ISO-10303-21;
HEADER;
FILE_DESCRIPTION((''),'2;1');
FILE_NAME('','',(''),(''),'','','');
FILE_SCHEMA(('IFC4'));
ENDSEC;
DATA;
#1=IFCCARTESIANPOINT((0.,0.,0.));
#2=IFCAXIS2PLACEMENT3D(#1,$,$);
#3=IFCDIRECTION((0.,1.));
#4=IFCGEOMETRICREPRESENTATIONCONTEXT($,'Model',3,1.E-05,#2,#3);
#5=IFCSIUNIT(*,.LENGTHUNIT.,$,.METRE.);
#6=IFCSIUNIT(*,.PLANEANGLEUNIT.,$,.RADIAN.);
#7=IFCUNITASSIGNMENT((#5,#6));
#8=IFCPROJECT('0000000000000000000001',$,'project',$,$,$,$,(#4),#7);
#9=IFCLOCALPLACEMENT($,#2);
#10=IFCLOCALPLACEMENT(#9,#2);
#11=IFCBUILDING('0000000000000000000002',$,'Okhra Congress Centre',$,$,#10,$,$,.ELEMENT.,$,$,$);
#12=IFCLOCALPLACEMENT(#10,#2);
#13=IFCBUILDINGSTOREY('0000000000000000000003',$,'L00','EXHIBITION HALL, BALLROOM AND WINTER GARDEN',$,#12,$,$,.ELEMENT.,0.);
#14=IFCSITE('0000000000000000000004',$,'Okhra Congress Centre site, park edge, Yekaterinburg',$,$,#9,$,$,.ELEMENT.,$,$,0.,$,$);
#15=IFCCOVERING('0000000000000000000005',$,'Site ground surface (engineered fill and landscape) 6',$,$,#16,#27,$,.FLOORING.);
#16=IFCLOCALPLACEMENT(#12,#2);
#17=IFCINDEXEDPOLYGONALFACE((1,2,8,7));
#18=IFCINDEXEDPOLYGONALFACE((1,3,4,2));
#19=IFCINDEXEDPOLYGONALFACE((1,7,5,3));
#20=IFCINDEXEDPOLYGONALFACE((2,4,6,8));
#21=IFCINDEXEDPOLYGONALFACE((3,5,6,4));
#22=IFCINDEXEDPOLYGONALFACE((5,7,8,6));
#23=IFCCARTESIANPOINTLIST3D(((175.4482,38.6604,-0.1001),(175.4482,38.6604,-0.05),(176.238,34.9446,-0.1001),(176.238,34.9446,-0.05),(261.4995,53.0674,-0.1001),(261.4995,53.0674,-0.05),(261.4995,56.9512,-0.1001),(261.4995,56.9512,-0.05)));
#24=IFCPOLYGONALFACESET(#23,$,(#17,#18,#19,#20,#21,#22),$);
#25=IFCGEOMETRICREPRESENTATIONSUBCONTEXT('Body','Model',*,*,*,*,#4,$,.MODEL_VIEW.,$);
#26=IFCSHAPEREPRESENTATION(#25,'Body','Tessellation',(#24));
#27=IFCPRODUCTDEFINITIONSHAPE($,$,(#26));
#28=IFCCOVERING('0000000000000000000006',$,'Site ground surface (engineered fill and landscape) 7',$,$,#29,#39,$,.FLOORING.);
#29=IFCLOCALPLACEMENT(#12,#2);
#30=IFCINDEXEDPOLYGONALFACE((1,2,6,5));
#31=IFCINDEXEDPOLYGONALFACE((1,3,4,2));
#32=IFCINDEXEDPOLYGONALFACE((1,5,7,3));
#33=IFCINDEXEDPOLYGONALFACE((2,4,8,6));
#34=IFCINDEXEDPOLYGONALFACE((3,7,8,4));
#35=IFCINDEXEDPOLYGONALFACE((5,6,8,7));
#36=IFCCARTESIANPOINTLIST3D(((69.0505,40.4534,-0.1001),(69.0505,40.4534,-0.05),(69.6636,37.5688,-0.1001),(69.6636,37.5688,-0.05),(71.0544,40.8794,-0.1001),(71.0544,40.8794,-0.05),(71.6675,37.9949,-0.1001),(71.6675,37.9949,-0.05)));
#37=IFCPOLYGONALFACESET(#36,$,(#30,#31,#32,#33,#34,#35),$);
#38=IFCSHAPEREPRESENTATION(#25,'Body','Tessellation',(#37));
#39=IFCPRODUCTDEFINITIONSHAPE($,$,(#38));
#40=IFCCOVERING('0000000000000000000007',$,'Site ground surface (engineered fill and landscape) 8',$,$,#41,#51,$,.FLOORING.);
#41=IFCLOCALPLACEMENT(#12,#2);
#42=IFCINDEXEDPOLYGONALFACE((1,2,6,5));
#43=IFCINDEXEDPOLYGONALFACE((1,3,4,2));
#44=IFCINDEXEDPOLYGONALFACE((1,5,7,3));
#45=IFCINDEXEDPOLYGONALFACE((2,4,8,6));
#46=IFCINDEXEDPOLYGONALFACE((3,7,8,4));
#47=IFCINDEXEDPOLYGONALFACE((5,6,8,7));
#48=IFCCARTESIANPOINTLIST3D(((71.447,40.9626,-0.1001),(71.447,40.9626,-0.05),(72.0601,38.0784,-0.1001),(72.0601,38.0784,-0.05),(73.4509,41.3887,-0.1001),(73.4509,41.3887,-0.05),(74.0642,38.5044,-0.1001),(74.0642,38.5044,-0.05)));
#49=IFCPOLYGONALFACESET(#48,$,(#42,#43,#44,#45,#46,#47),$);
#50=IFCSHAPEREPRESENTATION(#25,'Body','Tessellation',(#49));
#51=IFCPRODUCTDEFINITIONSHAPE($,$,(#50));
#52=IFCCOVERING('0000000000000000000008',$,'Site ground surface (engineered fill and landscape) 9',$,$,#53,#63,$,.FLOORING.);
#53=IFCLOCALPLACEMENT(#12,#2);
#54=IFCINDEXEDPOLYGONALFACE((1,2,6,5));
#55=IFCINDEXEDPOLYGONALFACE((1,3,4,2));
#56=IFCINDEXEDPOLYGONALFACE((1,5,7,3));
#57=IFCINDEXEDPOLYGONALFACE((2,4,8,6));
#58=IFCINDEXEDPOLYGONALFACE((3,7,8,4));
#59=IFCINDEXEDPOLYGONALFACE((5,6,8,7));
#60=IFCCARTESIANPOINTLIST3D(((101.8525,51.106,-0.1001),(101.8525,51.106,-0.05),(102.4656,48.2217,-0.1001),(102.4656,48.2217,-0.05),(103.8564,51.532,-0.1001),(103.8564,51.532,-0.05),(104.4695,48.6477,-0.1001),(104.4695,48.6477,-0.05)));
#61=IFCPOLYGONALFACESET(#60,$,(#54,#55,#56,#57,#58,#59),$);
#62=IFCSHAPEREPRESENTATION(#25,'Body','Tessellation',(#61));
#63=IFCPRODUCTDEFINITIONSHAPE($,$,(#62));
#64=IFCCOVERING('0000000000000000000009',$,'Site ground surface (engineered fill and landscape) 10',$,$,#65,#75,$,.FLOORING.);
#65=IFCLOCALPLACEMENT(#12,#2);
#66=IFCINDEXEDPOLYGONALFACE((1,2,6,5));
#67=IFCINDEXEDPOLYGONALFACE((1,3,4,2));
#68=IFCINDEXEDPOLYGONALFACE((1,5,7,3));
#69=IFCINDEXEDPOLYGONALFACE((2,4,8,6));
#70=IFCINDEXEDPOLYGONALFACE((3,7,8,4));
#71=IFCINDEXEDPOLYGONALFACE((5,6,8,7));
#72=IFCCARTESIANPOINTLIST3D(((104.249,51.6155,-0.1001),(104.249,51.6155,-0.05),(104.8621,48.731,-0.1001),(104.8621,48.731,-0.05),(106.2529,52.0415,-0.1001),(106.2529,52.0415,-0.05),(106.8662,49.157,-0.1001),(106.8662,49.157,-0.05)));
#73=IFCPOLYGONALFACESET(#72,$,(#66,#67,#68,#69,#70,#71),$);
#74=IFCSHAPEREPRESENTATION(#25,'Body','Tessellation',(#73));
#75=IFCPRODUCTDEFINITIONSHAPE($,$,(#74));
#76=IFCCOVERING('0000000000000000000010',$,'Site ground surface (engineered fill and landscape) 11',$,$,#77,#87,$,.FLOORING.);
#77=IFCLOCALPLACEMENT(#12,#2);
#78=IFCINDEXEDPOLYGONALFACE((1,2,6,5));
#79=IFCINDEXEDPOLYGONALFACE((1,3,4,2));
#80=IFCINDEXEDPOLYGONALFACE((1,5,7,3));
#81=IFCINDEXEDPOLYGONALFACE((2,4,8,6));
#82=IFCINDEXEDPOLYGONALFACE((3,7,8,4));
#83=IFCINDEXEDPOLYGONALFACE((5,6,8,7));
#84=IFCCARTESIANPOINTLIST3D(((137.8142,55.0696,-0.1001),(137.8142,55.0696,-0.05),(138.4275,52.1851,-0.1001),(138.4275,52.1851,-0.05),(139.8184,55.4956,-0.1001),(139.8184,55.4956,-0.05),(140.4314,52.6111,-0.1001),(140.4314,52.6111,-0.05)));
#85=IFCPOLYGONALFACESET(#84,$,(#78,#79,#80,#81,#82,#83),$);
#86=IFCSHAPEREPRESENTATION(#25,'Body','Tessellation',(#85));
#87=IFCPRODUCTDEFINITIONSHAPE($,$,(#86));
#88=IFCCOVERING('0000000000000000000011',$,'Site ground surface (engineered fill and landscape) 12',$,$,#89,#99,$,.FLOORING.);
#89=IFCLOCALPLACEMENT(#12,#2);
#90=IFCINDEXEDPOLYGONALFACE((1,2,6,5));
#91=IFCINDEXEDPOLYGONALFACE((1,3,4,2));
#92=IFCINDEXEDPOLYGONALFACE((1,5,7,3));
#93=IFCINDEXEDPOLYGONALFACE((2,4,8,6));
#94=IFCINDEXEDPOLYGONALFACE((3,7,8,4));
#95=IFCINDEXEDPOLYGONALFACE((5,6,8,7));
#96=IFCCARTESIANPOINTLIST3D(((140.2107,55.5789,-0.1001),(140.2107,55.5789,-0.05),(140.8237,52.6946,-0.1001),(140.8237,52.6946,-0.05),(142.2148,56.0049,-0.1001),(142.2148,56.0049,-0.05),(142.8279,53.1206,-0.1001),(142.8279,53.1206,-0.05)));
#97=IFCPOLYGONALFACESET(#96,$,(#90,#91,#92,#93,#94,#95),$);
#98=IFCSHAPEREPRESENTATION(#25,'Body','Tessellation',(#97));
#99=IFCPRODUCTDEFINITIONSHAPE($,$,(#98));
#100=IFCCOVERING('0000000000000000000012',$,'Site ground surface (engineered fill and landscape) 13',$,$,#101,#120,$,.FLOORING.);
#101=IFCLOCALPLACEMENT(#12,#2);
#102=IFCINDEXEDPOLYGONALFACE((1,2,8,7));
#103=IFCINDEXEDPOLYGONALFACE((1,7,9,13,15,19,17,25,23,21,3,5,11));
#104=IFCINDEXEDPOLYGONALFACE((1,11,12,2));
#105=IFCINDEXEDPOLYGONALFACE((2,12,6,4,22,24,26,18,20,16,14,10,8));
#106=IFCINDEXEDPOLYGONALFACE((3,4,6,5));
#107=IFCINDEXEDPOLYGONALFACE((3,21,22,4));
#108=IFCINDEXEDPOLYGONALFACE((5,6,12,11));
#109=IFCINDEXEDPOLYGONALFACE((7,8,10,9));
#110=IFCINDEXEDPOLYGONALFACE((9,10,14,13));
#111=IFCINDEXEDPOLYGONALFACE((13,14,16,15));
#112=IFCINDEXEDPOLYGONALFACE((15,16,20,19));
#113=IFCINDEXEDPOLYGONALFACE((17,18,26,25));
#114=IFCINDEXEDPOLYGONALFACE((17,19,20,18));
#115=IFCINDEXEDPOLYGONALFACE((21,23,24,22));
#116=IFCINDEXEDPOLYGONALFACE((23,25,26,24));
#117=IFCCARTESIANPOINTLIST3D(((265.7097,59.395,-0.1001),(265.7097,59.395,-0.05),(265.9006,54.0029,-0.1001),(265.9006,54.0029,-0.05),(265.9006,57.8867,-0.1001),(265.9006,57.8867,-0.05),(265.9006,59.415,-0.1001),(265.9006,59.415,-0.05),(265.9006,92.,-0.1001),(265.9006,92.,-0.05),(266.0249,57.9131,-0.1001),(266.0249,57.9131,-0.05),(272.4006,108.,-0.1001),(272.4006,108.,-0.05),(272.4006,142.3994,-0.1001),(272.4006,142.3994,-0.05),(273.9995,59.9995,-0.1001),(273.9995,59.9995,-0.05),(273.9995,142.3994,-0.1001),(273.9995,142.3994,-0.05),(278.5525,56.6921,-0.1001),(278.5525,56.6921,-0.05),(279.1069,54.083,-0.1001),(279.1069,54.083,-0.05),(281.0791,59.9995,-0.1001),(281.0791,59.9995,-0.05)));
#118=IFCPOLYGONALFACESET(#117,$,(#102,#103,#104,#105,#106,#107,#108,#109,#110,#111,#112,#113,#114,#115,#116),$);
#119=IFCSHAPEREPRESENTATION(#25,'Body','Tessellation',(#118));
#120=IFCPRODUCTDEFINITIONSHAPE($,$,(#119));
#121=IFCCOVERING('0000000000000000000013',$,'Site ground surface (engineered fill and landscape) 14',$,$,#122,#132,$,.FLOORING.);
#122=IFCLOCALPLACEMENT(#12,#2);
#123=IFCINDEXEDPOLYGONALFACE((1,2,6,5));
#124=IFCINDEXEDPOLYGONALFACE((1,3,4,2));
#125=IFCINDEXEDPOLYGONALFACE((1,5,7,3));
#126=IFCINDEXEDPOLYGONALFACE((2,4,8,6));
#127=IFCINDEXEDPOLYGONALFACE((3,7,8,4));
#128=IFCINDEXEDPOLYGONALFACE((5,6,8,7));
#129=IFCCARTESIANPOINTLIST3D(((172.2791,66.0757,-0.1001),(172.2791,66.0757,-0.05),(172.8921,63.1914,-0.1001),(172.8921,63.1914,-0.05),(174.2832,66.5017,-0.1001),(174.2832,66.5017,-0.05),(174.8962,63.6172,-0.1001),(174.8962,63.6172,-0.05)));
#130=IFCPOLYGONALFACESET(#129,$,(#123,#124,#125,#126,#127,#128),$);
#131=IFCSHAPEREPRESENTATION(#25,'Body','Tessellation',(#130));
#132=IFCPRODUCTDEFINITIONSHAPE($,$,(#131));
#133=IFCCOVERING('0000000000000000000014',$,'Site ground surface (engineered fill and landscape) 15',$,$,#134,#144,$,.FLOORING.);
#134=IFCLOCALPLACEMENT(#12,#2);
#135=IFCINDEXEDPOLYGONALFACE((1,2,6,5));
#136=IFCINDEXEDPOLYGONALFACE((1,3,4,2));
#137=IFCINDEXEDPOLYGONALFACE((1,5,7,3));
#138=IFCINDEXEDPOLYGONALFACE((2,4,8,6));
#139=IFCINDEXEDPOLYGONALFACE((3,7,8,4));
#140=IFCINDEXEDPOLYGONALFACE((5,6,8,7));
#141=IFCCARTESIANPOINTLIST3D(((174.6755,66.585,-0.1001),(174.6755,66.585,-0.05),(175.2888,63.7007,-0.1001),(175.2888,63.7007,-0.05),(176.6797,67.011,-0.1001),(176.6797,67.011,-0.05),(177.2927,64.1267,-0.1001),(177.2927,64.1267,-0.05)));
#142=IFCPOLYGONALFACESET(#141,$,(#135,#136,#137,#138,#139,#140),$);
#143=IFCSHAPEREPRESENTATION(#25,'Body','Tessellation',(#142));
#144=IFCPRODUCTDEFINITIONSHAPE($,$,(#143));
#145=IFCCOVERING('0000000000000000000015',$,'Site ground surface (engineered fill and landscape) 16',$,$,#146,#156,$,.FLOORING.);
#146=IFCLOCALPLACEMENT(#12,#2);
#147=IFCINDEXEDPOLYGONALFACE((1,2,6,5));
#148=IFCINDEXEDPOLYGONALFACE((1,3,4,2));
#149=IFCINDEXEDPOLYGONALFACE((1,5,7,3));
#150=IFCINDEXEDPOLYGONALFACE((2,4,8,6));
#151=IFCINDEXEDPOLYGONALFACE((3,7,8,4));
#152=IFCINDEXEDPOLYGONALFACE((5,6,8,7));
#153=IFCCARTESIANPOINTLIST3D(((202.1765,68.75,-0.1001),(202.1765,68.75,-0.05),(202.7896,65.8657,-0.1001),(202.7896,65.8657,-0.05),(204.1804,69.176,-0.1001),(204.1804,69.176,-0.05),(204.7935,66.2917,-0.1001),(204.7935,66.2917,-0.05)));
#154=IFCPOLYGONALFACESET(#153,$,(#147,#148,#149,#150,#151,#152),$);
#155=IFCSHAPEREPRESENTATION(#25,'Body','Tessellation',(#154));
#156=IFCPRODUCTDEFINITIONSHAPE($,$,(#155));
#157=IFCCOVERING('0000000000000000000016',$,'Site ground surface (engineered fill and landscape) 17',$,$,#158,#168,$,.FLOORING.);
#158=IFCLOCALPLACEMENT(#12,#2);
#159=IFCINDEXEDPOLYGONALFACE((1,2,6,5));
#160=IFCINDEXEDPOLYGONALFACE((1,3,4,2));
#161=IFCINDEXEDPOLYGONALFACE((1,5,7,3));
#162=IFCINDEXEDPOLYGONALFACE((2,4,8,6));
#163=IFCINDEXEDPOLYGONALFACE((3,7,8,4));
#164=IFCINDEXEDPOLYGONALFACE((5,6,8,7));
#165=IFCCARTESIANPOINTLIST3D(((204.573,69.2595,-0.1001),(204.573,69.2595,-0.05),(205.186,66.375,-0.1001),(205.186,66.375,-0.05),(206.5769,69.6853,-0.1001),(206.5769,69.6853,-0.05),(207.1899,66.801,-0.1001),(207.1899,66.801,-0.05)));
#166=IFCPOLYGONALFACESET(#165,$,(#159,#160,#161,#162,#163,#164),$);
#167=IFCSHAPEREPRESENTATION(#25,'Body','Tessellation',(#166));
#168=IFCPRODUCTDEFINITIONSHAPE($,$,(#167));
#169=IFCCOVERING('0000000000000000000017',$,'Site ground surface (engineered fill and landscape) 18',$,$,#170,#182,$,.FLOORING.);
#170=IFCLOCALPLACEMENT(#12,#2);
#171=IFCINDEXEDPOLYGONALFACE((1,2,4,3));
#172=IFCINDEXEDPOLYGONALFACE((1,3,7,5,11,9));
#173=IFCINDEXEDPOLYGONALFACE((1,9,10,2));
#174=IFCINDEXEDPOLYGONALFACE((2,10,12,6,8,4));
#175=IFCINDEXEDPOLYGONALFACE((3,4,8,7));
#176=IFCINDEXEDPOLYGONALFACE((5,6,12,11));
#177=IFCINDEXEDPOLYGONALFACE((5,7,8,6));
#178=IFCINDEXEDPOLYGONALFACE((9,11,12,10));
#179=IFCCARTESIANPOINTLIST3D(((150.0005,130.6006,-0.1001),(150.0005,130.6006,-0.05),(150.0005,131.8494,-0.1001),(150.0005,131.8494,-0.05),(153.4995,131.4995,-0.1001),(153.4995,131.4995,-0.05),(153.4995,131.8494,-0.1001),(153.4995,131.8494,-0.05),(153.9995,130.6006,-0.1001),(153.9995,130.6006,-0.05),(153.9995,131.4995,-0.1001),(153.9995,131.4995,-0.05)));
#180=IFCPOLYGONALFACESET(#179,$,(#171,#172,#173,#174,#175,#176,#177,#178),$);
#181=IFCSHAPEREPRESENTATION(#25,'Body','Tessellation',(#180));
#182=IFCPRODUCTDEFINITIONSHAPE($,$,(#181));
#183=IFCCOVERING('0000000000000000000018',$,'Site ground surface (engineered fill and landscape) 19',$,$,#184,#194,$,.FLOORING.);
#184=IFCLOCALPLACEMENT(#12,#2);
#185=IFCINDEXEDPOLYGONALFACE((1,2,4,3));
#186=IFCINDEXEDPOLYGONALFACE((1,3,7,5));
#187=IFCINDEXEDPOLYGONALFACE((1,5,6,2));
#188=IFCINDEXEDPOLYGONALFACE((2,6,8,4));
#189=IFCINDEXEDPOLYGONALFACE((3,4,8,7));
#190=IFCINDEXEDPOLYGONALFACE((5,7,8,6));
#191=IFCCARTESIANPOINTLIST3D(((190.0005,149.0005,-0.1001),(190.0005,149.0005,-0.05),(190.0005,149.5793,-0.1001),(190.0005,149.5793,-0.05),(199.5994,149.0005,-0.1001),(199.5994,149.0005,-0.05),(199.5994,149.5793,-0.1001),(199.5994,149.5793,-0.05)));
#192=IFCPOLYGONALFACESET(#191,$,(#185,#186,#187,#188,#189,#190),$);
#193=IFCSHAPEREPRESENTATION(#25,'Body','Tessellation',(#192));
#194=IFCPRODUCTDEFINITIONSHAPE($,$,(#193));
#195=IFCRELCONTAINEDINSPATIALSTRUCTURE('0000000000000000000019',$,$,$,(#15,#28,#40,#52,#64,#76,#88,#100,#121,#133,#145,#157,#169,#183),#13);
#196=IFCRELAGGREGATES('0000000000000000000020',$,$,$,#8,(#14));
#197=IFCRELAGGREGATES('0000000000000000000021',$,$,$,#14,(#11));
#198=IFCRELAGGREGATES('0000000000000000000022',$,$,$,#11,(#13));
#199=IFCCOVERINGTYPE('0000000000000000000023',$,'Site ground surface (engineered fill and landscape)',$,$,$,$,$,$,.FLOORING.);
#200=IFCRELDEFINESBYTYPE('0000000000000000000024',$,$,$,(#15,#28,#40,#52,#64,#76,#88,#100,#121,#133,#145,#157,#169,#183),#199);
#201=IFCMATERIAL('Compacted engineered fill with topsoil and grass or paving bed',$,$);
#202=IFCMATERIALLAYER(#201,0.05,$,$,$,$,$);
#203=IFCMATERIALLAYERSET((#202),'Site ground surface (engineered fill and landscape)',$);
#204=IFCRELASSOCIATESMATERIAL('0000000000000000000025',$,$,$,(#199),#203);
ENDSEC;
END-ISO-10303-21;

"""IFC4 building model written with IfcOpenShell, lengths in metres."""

from ifc_helpers import new_model, si_unit, direction, frame, origin, place, context, subcontext, project, spatial, polyline, outline, extrude, material, layer, layer_set, type_object, element, save


model = new_model("IFC4")

# Units and contexts
model_context = context("Model", 3, precision=1e-05, world=origin(), true_north=direction((0.0, 1.0)))
body_context = subcontext(model_context, "Body", "Model", "MODEL_VIEW")
ifc_project = project(units=[si_unit("LENGTHUNIT", "METRE"), si_unit("PLANEANGLEUNIT", "RADIAN")], contexts=[model_context])

# Site, building, storey
site_placement = place(None, origin())
site = spatial("IfcSite", under=ifc_project, at=site_placement, Name="Okhra Congress Centre site, park edge, Yekaterinburg", CompositionType="ELEMENT", RefElevation=0.0)
building_placement = place(site_placement, origin())
building = spatial("IfcBuilding", under=site, at=building_placement, Name="Okhra Congress Centre", CompositionType="ELEMENT")
storey_placement = place(building_placement, origin())
storey = spatial("IfcBuildingStorey", under=building, at=storey_placement, Name="L00", Description="EXHIBITION HALL, BALLROOM AND WINTER GARDEN", CompositionType="ELEMENT", Elevation=0.0)

# Coverings
ifc_material_1 = material(Name="Compacted engineered fill with topsoil and grass or paving bed")
ifc_layer_1 = layer(ifc_material_1, 0.05)
ifc_layer_set_1 = layer_set([ifc_layer_1], Name="Site ground surface (engineered fill and landscape)")
covering_type = type_object("IfcCoveringType", Name="Site ground surface (engineered fill and landscape)", PredefinedType="FLOORING", material=ifc_layer_set_1)
covering_1_placement = place(storey_placement, frame((0.0, 0.0, -0.1001)))
element("IfcCovering", 1, at=covering_1_placement, inside=storey, type_object=covering_type, Name="Site ground surface (engineered fill and landscape) 6", PredefinedType="FLOORING", context=body_context, shape_type="SweptSolid", body=[
    extrude(outline(polyline([(176.238, 34.9446), (261.4995, 53.0674), (261.4995, 56.9512), (175.4482, 38.6604), (176.238, 34.9446)])), origin(), (0.0, 0.0, 1.0), 0.05),
])
covering_2_placement = place(storey_placement, frame((0.0, 0.0, -0.1001)))
element("IfcCovering", 2, at=covering_2_placement, inside=storey, type_object=covering_type, Name="Site ground surface (engineered fill and landscape) 7", PredefinedType="FLOORING", context=body_context, shape_type="SweptSolid", body=[
    extrude(outline(polyline([(71.0544, 40.8794), (69.0505, 40.4534), (69.6636, 37.5688), (71.6675, 37.9949), (71.0544, 40.8794)])), origin(), (0.0, 0.0, 1.0), 0.05),
])
covering_3_placement = place(storey_placement, frame((0.0, 0.0, -0.1001)))
element("IfcCovering", 3, at=covering_3_placement, inside=storey, type_object=covering_type, Name="Site ground surface (engineered fill and landscape) 8", PredefinedType="FLOORING", context=body_context, shape_type="SweptSolid", body=[
    extrude(outline(polyline([(71.447, 40.9626), (72.0601, 38.0784), (74.0642, 38.5044), (73.4509, 41.3887), (71.447, 40.9626)])), origin(), (0.0, 0.0, 1.0), 0.05),
])
covering_4_placement = place(storey_placement, frame((0.0, 0.0, -0.1001)))
element("IfcCovering", 4, at=covering_4_placement, inside=storey, type_object=covering_type, Name="Site ground surface (engineered fill and landscape) 9", PredefinedType="FLOORING", context=body_context, shape_type="SweptSolid", body=[
    extrude(outline(polyline([(104.4695, 48.6477), (103.8564, 51.532), (101.8525, 51.106), (102.4656, 48.2217), (104.4695, 48.6477)])), origin(), (0.0, 0.0, 1.0), 0.05),
])
covering_5_placement = place(storey_placement, frame((0.0, 0.0, -0.1001)))
element("IfcCovering", 5, at=covering_5_placement, inside=storey, type_object=covering_type, Name="Site ground surface (engineered fill and landscape) 10", PredefinedType="FLOORING", context=body_context, shape_type="SweptSolid", body=[
    extrude(outline(polyline([(104.8621, 48.731), (106.8662, 49.157), (106.2529, 52.0415), (104.249, 51.6155), (104.8621, 48.731)])), origin(), (0.0, 0.0, 1.0), 0.05),
])
covering_6_placement = place(storey_placement, frame((0.0, 0.0, -0.1001)))
element("IfcCovering", 6, at=covering_6_placement, inside=storey, type_object=covering_type, Name="Site ground surface (engineered fill and landscape) 11", PredefinedType="FLOORING", context=body_context, shape_type="SweptSolid", body=[
    extrude(outline(polyline([(139.8184, 55.4956), (137.8142, 55.0696), (138.4275, 52.1851), (140.4314, 52.6111), (139.8184, 55.4956)])), origin(), (0.0, 0.0, 1.0), 0.05),
])
covering_7_placement = place(storey_placement, frame((0.0, 0.0, -0.1001)))
element("IfcCovering", 7, at=covering_7_placement, inside=storey, type_object=covering_type, Name="Site ground surface (engineered fill and landscape) 12", PredefinedType="FLOORING", context=body_context, shape_type="SweptSolid", body=[
    extrude(outline(polyline([(140.2107, 55.5789), (140.8237, 52.6946), (142.8279, 53.1206), (142.2148, 56.0049), (140.2107, 55.5789)])), origin(), (0.0, 0.0, 1.0), 0.05),
])
covering_8_placement = place(storey_placement, frame((0.0, 0.0, -0.1001)))
element("IfcCovering", 8, at=covering_8_placement, inside=storey, type_object=covering_type, Name="Site ground surface (engineered fill and landscape) 13", PredefinedType="FLOORING", context=body_context, shape_type="SweptSolid", body=[
    extrude(outline(polyline([(281.0791, 59.9995), (273.9995, 59.9995), (273.9995, 142.3994), (272.4006, 142.3994), (272.4006, 108.0), (265.9006, 92.0), (265.9006, 59.415), (265.7097, 59.395), (266.0249, 57.9131), (265.9006, 57.8867), (265.9006, 54.0029), (278.5525, 56.6921), (279.1069, 54.083), (281.0791, 59.9995)])), origin(), (0.0, 0.0, 1.0), 0.05),
])
covering_9_placement = place(storey_placement, frame((0.0, 0.0, -0.1001)))
element("IfcCovering", 9, at=covering_9_placement, inside=storey, type_object=covering_type, Name="Site ground surface (engineered fill and landscape) 14", PredefinedType="FLOORING", context=body_context, shape_type="SweptSolid", body=[
    extrude(outline(polyline([(172.8921, 63.1914), (174.8962, 63.6172), (174.2832, 66.5017), (172.2791, 66.0757), (172.8921, 63.1914)])), origin(), (0.0, 0.0, 1.0), 0.05),
])
covering_10_placement = place(storey_placement, frame((0.0, 0.0, -0.1001)))
element("IfcCovering", 10, at=covering_10_placement, inside=storey, type_object=covering_type, Name="Site ground surface (engineered fill and landscape) 15", PredefinedType="FLOORING", context=body_context, shape_type="SweptSolid", body=[
    extrude(outline(polyline([(176.6797, 67.011), (174.6755, 66.585), (175.2888, 63.7007), (177.2927, 64.1267), (176.6797, 67.011)])), origin(), (0.0, 0.0, 1.0), 0.05),
])
covering_11_placement = place(storey_placement, frame((0.0, 0.0, -0.1001)))
element("IfcCovering", 11, at=covering_11_placement, inside=storey, type_object=covering_type, Name="Site ground surface (engineered fill and landscape) 16", PredefinedType="FLOORING", context=body_context, shape_type="SweptSolid", body=[
    extrude(outline(polyline([(202.7896, 65.8657), (204.7935, 66.2917), (204.1804, 69.176), (202.1765, 68.75), (202.7896, 65.8657)])), origin(), (0.0, 0.0, 1.0), 0.05),
])
covering_12_placement = place(storey_placement, frame((0.0, 0.0, -0.1001)))
element("IfcCovering", 12, at=covering_12_placement, inside=storey, type_object=covering_type, Name="Site ground surface (engineered fill and landscape) 17", PredefinedType="FLOORING", context=body_context, shape_type="SweptSolid", body=[
    extrude(outline(polyline([(207.1899, 66.801), (206.5769, 69.6853), (204.573, 69.2595), (205.186, 66.375), (207.1899, 66.801)])), origin(), (0.0, 0.0, 1.0), 0.05),
])
covering_13_placement = place(storey_placement, frame((0.0, 0.0, -0.1001)))
element("IfcCovering", 13, at=covering_13_placement, inside=storey, type_object=covering_type, Name="Site ground surface (engineered fill and landscape) 18", PredefinedType="FLOORING", context=body_context, shape_type="SweptSolid", body=[
    extrude(outline(polyline([(150.0005, 130.6006), (153.9995, 130.6006), (153.9995, 131.4995), (153.4995, 131.4995), (153.4995, 131.8494), (150.0005, 131.8494), (150.0005, 130.6006)])), origin(), (0.0, 0.0, 1.0), 0.05),
])
covering_14_placement = place(storey_placement, frame((0.0, 0.0, -0.1001)))
element("IfcCovering", 14, at=covering_14_placement, inside=storey, type_object=covering_type, Name="Site ground surface (engineered fill and landscape) 19", PredefinedType="FLOORING", context=body_context, shape_type="SweptSolid", body=[
    extrude(outline(polyline([(199.5994, 149.0005), (199.5994, 149.5793), (190.0005, 149.5793), (190.0005, 149.0005), (199.5994, 149.0005)])), origin(), (0.0, 0.0, 1.0), 0.05),
])

save(model, "model.ifc")
